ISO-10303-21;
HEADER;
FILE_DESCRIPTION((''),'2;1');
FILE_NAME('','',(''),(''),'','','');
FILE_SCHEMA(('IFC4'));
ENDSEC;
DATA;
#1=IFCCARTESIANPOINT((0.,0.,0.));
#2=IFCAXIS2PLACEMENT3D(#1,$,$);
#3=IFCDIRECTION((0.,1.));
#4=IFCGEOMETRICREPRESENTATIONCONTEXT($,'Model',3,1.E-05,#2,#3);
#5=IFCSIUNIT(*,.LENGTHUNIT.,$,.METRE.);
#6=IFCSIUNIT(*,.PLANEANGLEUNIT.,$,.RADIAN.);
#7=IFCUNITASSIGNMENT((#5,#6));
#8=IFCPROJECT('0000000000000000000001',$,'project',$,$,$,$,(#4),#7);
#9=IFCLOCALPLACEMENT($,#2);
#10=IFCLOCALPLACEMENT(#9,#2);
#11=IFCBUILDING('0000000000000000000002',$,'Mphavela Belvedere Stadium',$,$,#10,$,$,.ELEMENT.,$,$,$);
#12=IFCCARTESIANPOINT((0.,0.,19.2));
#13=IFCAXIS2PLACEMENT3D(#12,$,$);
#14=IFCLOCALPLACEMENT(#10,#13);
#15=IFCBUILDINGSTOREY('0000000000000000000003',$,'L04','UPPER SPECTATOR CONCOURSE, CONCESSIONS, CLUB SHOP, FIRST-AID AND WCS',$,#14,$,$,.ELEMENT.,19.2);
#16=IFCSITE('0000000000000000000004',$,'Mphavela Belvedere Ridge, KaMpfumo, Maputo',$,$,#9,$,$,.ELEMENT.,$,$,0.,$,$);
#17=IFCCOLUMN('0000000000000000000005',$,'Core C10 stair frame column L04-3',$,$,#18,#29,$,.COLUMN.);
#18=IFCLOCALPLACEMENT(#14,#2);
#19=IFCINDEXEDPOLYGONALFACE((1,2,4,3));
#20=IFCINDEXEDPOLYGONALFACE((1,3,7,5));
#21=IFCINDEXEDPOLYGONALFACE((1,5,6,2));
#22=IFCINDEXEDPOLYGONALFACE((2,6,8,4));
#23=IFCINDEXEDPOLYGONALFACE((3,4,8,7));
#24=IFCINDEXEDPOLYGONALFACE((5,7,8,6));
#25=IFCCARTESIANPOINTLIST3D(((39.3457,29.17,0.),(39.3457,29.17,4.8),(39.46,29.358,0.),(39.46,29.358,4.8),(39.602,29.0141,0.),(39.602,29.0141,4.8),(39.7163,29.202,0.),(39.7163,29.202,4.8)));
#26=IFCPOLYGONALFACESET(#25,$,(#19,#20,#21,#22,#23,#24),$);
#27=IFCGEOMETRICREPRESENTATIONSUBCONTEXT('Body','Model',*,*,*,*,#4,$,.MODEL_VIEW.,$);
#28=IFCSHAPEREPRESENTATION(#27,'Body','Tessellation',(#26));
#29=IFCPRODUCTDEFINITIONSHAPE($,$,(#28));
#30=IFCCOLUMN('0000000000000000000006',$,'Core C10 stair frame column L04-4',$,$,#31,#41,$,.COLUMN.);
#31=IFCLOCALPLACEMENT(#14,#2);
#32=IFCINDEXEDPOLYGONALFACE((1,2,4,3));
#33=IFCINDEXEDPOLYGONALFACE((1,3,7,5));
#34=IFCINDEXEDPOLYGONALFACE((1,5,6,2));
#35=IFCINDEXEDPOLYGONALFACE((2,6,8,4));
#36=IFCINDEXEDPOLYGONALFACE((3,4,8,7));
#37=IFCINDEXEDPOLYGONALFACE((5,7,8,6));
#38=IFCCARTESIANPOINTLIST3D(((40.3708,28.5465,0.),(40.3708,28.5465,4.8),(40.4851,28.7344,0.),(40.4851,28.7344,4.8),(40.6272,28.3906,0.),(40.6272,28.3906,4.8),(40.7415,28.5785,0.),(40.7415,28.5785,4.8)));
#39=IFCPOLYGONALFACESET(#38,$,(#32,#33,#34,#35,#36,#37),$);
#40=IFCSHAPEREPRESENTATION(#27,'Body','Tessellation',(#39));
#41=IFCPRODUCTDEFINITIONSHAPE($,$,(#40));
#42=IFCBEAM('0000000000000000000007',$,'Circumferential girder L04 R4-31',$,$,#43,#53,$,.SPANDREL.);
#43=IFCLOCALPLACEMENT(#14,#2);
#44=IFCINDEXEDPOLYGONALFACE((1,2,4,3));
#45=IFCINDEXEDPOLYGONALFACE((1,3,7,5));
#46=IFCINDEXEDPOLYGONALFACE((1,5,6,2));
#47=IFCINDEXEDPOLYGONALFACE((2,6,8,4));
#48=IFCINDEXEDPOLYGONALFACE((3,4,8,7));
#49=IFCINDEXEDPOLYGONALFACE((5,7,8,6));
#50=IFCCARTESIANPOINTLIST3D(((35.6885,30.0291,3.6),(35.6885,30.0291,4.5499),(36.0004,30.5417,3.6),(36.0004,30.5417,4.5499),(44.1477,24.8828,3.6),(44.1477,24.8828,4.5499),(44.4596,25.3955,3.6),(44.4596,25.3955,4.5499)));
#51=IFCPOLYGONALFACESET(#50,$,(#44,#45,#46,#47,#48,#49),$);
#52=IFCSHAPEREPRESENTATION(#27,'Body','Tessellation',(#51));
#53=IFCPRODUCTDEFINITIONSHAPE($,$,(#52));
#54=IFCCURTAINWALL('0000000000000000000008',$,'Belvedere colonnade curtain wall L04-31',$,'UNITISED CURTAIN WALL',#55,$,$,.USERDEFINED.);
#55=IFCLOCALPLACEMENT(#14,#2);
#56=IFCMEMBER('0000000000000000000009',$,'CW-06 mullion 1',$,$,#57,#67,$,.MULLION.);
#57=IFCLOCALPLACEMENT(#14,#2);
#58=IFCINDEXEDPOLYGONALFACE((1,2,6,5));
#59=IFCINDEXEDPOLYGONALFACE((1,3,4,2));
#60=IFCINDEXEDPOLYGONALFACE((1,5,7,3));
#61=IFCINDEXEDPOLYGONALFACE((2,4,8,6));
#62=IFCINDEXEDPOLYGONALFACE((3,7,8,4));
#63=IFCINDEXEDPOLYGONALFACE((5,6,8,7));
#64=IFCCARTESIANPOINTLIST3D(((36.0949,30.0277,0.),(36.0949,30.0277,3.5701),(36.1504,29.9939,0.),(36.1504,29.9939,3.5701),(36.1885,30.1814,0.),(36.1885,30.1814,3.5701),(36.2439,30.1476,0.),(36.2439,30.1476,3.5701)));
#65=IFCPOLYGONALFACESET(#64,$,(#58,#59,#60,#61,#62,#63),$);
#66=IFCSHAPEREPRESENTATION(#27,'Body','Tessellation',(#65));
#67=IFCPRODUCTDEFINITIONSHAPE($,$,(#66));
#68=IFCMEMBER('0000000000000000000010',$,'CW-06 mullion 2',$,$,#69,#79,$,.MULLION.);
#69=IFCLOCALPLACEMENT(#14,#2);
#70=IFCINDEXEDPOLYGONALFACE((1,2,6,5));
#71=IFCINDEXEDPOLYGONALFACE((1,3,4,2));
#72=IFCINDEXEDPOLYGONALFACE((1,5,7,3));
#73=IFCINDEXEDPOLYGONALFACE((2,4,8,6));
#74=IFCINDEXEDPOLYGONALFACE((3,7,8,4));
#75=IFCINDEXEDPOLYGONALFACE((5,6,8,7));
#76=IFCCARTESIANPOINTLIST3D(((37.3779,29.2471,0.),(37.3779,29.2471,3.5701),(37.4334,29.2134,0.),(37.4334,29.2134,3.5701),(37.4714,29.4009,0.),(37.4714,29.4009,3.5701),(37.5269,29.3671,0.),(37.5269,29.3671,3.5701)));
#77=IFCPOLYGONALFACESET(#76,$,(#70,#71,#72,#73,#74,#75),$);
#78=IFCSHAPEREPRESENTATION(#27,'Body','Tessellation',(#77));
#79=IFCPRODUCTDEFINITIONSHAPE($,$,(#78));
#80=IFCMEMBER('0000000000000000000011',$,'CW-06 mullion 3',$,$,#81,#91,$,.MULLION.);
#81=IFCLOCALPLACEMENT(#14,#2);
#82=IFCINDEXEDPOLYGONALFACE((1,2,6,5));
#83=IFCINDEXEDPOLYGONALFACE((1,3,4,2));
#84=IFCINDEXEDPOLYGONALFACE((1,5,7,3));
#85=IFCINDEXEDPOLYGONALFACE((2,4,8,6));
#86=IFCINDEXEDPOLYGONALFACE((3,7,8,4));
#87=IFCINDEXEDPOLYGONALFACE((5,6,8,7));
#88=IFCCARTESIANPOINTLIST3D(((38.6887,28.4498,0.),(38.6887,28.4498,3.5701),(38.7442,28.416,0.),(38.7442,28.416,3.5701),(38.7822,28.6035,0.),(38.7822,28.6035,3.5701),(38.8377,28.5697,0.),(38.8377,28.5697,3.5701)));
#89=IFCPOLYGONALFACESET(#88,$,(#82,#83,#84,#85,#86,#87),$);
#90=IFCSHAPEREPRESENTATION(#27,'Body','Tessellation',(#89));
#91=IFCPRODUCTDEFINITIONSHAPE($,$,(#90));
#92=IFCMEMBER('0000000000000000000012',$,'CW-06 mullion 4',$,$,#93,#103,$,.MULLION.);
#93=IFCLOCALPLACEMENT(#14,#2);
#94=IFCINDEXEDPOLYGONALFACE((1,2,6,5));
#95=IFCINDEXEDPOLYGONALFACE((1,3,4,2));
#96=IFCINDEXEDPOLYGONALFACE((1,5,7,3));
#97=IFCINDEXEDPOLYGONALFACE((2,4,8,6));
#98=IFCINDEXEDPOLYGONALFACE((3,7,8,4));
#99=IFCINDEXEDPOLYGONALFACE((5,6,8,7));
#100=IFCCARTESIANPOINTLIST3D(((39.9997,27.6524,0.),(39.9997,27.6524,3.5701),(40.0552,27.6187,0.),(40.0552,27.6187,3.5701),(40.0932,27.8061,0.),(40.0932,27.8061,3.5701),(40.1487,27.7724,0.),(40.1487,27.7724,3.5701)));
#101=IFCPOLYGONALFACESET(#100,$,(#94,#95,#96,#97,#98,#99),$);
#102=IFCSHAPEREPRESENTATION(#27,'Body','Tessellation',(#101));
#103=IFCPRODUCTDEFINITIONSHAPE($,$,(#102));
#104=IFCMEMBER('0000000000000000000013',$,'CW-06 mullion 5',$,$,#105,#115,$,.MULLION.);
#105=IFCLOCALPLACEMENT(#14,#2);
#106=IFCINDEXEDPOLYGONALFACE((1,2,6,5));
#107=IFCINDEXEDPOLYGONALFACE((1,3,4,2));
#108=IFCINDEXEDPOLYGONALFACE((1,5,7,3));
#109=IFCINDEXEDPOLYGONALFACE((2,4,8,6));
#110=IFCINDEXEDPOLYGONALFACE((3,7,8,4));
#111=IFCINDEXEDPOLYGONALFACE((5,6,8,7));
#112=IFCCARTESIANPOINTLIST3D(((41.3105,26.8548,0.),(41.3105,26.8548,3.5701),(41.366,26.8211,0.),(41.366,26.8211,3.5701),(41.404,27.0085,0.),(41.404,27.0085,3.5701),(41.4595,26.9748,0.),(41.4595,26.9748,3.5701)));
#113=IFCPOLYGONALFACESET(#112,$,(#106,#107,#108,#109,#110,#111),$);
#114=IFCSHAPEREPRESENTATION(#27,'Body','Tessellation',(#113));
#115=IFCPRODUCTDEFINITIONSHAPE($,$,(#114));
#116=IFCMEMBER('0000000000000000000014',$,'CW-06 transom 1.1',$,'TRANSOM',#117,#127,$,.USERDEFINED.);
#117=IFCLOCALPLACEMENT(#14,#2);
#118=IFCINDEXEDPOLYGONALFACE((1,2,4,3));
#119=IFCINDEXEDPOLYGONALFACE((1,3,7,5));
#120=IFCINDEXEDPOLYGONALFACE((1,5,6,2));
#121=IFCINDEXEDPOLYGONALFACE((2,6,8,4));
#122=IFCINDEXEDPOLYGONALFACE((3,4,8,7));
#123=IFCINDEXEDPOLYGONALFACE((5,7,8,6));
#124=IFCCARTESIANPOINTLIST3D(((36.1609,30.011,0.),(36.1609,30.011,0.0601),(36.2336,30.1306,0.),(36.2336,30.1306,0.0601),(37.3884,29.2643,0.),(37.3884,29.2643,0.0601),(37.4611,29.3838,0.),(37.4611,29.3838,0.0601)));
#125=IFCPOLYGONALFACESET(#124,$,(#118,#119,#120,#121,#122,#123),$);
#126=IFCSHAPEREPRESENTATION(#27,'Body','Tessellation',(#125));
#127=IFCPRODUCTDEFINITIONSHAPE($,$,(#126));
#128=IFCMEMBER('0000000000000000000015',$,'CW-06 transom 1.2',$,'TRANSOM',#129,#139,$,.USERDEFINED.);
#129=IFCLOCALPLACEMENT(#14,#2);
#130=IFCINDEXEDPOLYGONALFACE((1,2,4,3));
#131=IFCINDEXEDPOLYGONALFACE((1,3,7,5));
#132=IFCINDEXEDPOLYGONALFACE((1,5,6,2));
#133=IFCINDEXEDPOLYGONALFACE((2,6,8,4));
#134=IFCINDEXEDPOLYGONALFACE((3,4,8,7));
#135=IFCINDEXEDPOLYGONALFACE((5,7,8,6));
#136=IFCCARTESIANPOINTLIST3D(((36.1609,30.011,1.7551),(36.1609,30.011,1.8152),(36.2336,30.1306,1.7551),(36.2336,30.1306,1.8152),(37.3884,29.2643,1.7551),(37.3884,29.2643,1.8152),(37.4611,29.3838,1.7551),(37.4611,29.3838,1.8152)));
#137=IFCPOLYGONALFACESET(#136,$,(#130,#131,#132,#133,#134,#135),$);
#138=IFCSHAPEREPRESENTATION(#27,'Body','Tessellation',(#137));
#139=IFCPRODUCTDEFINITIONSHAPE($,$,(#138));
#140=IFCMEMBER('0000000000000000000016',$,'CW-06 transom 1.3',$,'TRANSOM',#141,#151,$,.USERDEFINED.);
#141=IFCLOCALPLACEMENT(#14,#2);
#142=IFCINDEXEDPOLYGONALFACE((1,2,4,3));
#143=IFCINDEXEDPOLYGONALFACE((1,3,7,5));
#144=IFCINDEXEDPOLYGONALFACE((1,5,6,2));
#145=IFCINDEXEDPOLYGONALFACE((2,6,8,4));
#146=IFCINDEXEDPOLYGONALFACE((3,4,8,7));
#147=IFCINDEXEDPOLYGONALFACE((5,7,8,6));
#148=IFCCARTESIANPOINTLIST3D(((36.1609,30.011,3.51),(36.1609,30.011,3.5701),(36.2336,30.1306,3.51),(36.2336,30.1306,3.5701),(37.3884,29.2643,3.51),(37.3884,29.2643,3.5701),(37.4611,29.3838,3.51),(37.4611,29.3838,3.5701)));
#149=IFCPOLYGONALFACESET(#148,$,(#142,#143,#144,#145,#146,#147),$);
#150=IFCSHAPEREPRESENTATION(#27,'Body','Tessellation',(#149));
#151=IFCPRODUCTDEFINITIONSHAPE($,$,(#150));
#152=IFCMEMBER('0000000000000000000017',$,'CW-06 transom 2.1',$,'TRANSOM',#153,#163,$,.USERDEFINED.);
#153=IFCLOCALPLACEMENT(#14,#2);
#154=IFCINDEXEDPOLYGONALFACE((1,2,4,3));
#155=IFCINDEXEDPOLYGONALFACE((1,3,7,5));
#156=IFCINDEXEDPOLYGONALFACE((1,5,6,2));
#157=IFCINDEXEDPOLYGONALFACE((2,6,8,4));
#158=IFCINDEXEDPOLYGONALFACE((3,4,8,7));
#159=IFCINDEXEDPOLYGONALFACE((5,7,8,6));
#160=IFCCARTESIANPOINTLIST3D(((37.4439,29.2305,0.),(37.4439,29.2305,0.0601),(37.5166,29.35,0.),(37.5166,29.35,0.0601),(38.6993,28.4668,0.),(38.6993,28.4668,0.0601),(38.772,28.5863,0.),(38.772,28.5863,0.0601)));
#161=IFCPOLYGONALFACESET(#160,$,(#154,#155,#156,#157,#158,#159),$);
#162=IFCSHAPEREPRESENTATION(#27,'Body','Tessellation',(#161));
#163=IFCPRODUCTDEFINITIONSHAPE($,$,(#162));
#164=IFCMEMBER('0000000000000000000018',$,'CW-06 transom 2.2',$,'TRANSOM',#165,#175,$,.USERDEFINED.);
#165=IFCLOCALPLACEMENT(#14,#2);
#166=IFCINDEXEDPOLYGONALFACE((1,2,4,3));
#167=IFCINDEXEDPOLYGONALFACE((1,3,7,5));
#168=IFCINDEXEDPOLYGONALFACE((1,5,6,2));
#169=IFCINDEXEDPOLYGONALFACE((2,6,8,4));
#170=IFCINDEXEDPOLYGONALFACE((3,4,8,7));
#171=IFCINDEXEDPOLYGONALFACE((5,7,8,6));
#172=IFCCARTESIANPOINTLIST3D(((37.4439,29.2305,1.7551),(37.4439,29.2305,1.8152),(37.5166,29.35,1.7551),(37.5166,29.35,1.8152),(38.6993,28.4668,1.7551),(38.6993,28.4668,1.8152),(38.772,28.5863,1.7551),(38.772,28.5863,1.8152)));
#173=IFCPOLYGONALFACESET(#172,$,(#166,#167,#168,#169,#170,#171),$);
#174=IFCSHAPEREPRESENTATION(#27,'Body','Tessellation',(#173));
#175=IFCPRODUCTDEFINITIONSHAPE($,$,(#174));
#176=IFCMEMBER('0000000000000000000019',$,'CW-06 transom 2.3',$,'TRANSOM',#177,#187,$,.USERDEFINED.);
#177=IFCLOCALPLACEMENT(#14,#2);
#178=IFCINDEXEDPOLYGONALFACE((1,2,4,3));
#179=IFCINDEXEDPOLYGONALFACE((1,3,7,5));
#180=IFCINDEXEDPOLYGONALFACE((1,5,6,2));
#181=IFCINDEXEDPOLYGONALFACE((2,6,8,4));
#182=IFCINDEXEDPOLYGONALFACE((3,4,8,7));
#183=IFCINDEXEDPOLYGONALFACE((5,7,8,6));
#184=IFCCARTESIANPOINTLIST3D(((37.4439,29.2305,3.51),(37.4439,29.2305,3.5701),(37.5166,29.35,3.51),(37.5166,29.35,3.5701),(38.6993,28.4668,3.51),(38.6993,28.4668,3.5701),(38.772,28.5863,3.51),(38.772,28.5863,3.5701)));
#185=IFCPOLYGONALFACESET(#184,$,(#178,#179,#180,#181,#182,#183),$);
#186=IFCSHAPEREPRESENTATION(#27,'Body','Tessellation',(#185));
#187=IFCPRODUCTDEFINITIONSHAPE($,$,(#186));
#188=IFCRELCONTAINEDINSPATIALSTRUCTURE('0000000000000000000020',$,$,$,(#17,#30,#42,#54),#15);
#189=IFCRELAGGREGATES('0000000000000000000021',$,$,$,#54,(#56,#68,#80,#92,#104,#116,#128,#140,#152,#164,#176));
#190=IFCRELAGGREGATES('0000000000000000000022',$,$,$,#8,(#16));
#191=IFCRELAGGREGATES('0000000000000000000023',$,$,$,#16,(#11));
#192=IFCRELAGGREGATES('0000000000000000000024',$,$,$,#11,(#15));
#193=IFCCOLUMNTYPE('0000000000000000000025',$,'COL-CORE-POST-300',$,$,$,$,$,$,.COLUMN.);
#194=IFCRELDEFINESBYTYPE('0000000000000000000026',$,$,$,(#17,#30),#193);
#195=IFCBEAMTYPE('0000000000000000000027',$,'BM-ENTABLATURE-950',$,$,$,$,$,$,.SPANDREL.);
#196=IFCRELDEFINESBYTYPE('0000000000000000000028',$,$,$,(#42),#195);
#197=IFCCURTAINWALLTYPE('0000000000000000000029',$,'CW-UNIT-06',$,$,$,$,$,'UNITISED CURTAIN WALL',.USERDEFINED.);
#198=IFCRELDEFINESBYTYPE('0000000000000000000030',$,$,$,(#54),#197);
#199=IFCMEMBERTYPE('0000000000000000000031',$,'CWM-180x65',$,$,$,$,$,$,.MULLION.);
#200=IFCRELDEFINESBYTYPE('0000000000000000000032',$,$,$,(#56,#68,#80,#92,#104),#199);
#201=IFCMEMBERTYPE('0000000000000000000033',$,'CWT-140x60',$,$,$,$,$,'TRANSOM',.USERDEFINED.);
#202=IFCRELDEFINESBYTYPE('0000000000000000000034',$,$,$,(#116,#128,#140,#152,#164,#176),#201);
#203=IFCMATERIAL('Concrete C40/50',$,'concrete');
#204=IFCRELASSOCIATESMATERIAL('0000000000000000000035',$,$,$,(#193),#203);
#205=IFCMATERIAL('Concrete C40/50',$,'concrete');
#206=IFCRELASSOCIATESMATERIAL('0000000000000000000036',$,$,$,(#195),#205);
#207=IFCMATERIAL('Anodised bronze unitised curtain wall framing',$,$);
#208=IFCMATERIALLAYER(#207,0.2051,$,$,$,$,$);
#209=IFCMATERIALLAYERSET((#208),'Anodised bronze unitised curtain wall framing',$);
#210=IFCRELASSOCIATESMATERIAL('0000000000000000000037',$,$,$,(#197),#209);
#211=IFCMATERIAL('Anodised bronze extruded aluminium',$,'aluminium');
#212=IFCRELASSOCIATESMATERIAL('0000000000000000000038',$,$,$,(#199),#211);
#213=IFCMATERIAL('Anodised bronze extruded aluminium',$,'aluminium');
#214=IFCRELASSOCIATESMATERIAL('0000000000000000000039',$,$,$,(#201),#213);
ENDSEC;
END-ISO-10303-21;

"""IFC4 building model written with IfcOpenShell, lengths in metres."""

from ifc_helpers import new_model, si_unit, direction, frame, origin, origin_2d, place, context, subcontext, project, spatial, rectangle, extrude, material, layer, layer_set, material_profile, profile_set, type_object, element, aggregate, save


model = new_model("IFC4")

# Units and contexts
model_context = context("Model", 3, precision=1e-05, world=origin(), true_north=direction((0.0, 1.0)))
body_context = subcontext(model_context, "Body", "Model", "MODEL_VIEW")
ifc_project = project(units=[si_unit("LENGTHUNIT", "METRE"), si_unit("PLANEANGLEUNIT", "RADIAN")], contexts=[model_context])

# Site, building, storey
site_placement = place(None, origin())
site = spatial("IfcSite", under=ifc_project, at=site_placement, Name="Mphavela Belvedere Ridge, KaMpfumo, Maputo", CompositionType="ELEMENT", RefElevation=0.0)
building_placement = place(site_placement, origin())
building = spatial("IfcBuilding", under=site, at=building_placement, Name="Mphavela Belvedere Stadium", CompositionType="ELEMENT")
storey_placement = place(building_placement, frame((0.0, 0.0, 19.2)))
storey = spatial("IfcBuildingStorey", under=building, at=storey_placement, Name="L04", Description="UPPER SPECTATOR CONCOURSE, CONCESSIONS, CLUB SHOP, FIRST-AID AND WCS", CompositionType="ELEMENT", Elevation=19.2)

# Columns
ifc_material_1 = material(Name="Concrete C40/50", Category="concrete")
ifc_material_profile_1 = material_profile(ifc_material_1, rectangle(XDim=0.3, YDim=0.22, at=origin_2d()), Name="RC 300x220")
ifc_profile_set_1 = profile_set([ifc_material_profile_1], Name="Concrete C40/50")
column_type = type_object("IfcColumnType", Name="COL-CORE-POST-300", PredefinedType="COLUMN", material=ifc_profile_set_1)
for number, where, z_axis, x_axis, name in (
    (1, (39.531, 29.186, 0.0), (0.0, 0.0, 1.0), (-0.854368, 0.519668, 0.0), "Core C10 stair frame column L04-3"),
    (2, (40.5562, 28.5625, 0.0), (0.0, 0.0, 1.0), (-0.854368, 0.519668, 0.0), "Core C10 stair frame column L04-4"),
):
    element("IfcColumn", number, at=place(storey_placement, frame(where, z_axis=z_axis, x_axis=x_axis)), inside=storey, type_object=column_type, Name=name, PredefinedType="COLUMN", context=body_context, shape_type="SweptSolid", body=[
        extrude(rectangle(XDim=0.3, YDim=0.22, at=origin_2d()), origin(), (0.0, 0.0, 1.0), 4.8),
    ])

# Beam
ifc_material_2 = material(Name="Concrete C40/50", Category="concrete")
ifc_material_profile_2 = material_profile(ifc_material_2, rectangle(XDim=0.6001, YDim=0.95, at=origin_2d()), Name="RC 600x950")
ifc_profile_set_2 = profile_set([ifc_material_profile_2], Name="Concrete C40/50")
beam_type = type_object("IfcBeamType", Name="BM-ENTABLATURE-950", PredefinedType="SPANDREL", material=ifc_profile_set_2)
beam_placement = place(storey_placement, frame((35.8445, 30.2854, 4.075), z_axis=(0.854327, -0.519737, 0.0), x_axis=(0.519737, 0.854327, 0.0)))
element("IfcBeam", 3, at=beam_placement, inside=storey, type_object=beam_type, Name="Circumferential girder L04 R4-31", PredefinedType="SPANDREL", context=body_context, shape_type="SweptSolid", body=[
    extrude(rectangle(XDim=0.6001, YDim=0.95, at=origin_2d()), origin(), (0.0, 0.0, 1.0), 9.9016),
])

# Curtain wall, members
ifc_material_3 = material(Name="Anodised bronze unitised curtain wall framing")
ifc_layer_1 = layer(ifc_material_3, 0.2051)
ifc_layer_set_1 = layer_set([ifc_layer_1], Name="Anodised bronze unitised curtain wall framing")
curtain_wall_type = type_object("IfcCurtainWallType", Name="CW-UNIT-06", ElementType="UNITISED CURTAIN WALL", PredefinedType="USERDEFINED", material=ifc_layer_set_1)
curtain_wall_placement = place(storey_placement, origin())
curtain_wall = element("IfcCurtainWall", 4, at=curtain_wall_placement, inside=storey, type_object=curtain_wall_type, Name="Belvedere colonnade curtain wall L04-31", ObjectType="UNITISED CURTAIN WALL", PredefinedType="USERDEFINED")
ifc_material_4 = material(Name="Anodised bronze extruded aluminium", Category="aluminium")
ifc_material_profile_3 = material_profile(ifc_material_4, rectangle(XDim=0.1799, YDim=0.0649, at=origin_2d()), Name="CW-MUL 180x65")
ifc_profile_set_3 = profile_set([ifc_material_profile_3], Name="Anodised bronze extruded aluminium")
member_type_1 = type_object("IfcMemberType", Name="CWM-180x65", PredefinedType="MULLION", material=ifc_profile_set_3)
member_1_placement = place(storey_placement, frame((36.1694, 30.0876, 0.0), z_axis=(0.0, 0.0, 1.0), x_axis=(0.519735, 0.854327, 0.0)))
member_1 = element("IfcMember", 5, at=member_1_placement, type_object=member_type_1, Name="CW-06 mullion 1", PredefinedType="MULLION", context=body_context, shape_type="SweptSolid", body=[
    extrude(rectangle(XDim=0.1799, YDim=0.0649, at=origin_2d()), origin(), (0.0, 0.0, 1.0), 3.5701),
])
member_2_placement = place(storey_placement, frame((37.4524, 29.3071, 0.0), z_axis=(0.0, 0.0, 1.0), x_axis=(0.519735, 0.854327, 0.0)))
member_2 = element("IfcMember", 6, at=member_2_placement, type_object=member_type_1, Name="CW-06 mullion 2", PredefinedType="MULLION", context=body_context, shape_type="SweptSolid", body=[
    extrude(rectangle(XDim=0.1799, YDim=0.0649, at=origin_2d()), origin(), (0.0, 0.0, 1.0), 3.5701),
])
member_3_placement = place(storey_placement, frame((38.7632, 28.5098, 0.0), z_axis=(0.0, 0.0, 1.0), x_axis=(0.519735, 0.854327, 0.0)))
member_3 = element("IfcMember", 7, at=member_3_placement, type_object=member_type_1, Name="CW-06 mullion 3", PredefinedType="MULLION", context=body_context, shape_type="SweptSolid", body=[
    extrude(rectangle(XDim=0.1799, YDim=0.0649, at=origin_2d()), origin(), (0.0, 0.0, 1.0), 3.5701),
])
member_4_placement = place(storey_placement, frame((40.0742, 27.7124, 0.0), z_axis=(0.0, 0.0, 1.0), x_axis=(0.519735, 0.854327, 0.0)))
member_4 = element("IfcMember", 8, at=member_4_placement, type_object=member_type_1, Name="CW-06 mullion 4", PredefinedType="MULLION", context=body_context, shape_type="SweptSolid", body=[
    extrude(rectangle(XDim=0.1799, YDim=0.0649, at=origin_2d()), origin(), (0.0, 0.0, 1.0), 3.5701),
])
member_5_placement = place(storey_placement, frame((41.385, 26.9148, 0.0), z_axis=(0.0, 0.0, 1.0), x_axis=(0.519735, 0.854327, 0.0)))
member_5 = element("IfcMember", 9, at=member_5_placement, type_object=member_type_1, Name="CW-06 mullion 5", PredefinedType="MULLION", context=body_context, shape_type="SweptSolid", body=[
    extrude(rectangle(XDim=0.1799, YDim=0.0649, at=origin_2d()), origin(), (0.0, 0.0, 1.0), 3.5701),
])
ifc_material_5 = material(Name="Anodised bronze extruded aluminium", Category="aluminium")
ifc_material_profile_4 = material_profile(ifc_material_5, rectangle(XDim=0.1399, YDim=0.0601, at=origin_2d()), Name="CW-TRN 140x60")
ifc_profile_set_4 = profile_set([ifc_material_profile_4], Name="Anodised bronze extruded aluminium")
member_type_2 = type_object("IfcMemberType", Name="CWT-140x60", ElementType="TRANSOM", PredefinedType="USERDEFINED", material=ifc_profile_set_4)
member_6_placement = place(storey_placement, frame((36.1973, 30.0708, 0.03), z_axis=(0.854313, -0.519758, 0.0), x_axis=(0.519758, 0.854313, 0.0)))
member_6 = element("IfcMember", 10, at=member_6_placement, type_object=member_type_2, Name="CW-06 transom 1.1", ObjectType="TRANSOM", PredefinedType="USERDEFINED", context=body_context, shape_type="SweptSolid", body=[
    extrude(rectangle(XDim=0.1399, YDim=0.0601, at=origin_2d()), origin(), (0.0, 0.0, 1.0), 1.4368),
])
member_7_placement = place(storey_placement, frame((36.1973, 30.0708, 1.7852), z_axis=(0.854313, -0.519758, 0.0), x_axis=(0.519758, 0.854313, 0.0)))
member_7 = element("IfcMember", 11, at=member_7_placement, type_object=member_type_2, Name="CW-06 transom 1.2", ObjectType="TRANSOM", PredefinedType="USERDEFINED", context=body_context, shape_type="SweptSolid", body=[
    extrude(rectangle(XDim=0.1399, YDim=0.0601, at=origin_2d()), origin(), (0.0, 0.0, 1.0), 1.4368),
])
member_8_placement = place(storey_placement, frame((36.1973, 30.0708, 3.54), z_axis=(0.854313, -0.519758, 0.0), x_axis=(0.519758, 0.854313, 0.0)))
member_8 = element("IfcMember", 12, at=member_8_placement, type_object=member_type_2, Name="CW-06 transom 1.3", ObjectType="TRANSOM", PredefinedType="USERDEFINED", context=body_context, shape_type="SweptSolid", body=[
    extrude(rectangle(XDim=0.1399, YDim=0.0601, at=origin_2d()), origin(), (0.0, 0.0, 1.0), 1.4368),
])
member_9_placement = place(storey_placement, frame((37.4802, 29.2903, 0.03), z_axis=(0.85434, -0.519715, 0.0), x_axis=(0.519715, 0.85434, 0.0)))
member_9 = element("IfcMember", 13, at=member_9_placement, type_object=member_type_2, Name="CW-06 transom 2.1", ObjectType="TRANSOM", PredefinedType="USERDEFINED", context=body_context, shape_type="SweptSolid", body=[
    extrude(rectangle(XDim=0.1399, YDim=0.0601, at=origin_2d()), origin(), (0.0, 0.0, 1.0), 1.4695),
])
member_10_placement = place(storey_placement, frame((37.4802, 29.2903, 1.7852), z_axis=(0.85434, -0.519715, 0.0), x_axis=(0.519715, 0.85434, 0.0)))
member_10 = element("IfcMember", 14, at=member_10_placement, type_object=member_type_2, Name="CW-06 transom 2.2", ObjectType="TRANSOM", PredefinedType="USERDEFINED", context=body_context, shape_type="SweptSolid", body=[
    extrude(rectangle(XDim=0.1399, YDim=0.0601, at=origin_2d()), origin(), (0.0, 0.0, 1.0), 1.4695),
])
member_11_placement = place(storey_placement, frame((37.4802, 29.2903, 3.54), z_axis=(0.85434, -0.519715, 0.0), x_axis=(0.519715, 0.85434, 0.0)))
member_11 = element("IfcMember", 15, at=member_11_placement, type_object=member_type_2, Name="CW-06 transom 2.3", ObjectType="TRANSOM", PredefinedType="USERDEFINED", context=body_context, shape_type="SweptSolid", body=[
    extrude(rectangle(XDim=0.1399, YDim=0.0601, at=origin_2d()), origin(), (0.0, 0.0, 1.0), 1.4695),
])
aggregate(curtain_wall, [member_1, member_2, member_3, member_4, member_5, member_6, member_7, member_8, member_9, member_10, member_11])

save(model, "model.ifc")
